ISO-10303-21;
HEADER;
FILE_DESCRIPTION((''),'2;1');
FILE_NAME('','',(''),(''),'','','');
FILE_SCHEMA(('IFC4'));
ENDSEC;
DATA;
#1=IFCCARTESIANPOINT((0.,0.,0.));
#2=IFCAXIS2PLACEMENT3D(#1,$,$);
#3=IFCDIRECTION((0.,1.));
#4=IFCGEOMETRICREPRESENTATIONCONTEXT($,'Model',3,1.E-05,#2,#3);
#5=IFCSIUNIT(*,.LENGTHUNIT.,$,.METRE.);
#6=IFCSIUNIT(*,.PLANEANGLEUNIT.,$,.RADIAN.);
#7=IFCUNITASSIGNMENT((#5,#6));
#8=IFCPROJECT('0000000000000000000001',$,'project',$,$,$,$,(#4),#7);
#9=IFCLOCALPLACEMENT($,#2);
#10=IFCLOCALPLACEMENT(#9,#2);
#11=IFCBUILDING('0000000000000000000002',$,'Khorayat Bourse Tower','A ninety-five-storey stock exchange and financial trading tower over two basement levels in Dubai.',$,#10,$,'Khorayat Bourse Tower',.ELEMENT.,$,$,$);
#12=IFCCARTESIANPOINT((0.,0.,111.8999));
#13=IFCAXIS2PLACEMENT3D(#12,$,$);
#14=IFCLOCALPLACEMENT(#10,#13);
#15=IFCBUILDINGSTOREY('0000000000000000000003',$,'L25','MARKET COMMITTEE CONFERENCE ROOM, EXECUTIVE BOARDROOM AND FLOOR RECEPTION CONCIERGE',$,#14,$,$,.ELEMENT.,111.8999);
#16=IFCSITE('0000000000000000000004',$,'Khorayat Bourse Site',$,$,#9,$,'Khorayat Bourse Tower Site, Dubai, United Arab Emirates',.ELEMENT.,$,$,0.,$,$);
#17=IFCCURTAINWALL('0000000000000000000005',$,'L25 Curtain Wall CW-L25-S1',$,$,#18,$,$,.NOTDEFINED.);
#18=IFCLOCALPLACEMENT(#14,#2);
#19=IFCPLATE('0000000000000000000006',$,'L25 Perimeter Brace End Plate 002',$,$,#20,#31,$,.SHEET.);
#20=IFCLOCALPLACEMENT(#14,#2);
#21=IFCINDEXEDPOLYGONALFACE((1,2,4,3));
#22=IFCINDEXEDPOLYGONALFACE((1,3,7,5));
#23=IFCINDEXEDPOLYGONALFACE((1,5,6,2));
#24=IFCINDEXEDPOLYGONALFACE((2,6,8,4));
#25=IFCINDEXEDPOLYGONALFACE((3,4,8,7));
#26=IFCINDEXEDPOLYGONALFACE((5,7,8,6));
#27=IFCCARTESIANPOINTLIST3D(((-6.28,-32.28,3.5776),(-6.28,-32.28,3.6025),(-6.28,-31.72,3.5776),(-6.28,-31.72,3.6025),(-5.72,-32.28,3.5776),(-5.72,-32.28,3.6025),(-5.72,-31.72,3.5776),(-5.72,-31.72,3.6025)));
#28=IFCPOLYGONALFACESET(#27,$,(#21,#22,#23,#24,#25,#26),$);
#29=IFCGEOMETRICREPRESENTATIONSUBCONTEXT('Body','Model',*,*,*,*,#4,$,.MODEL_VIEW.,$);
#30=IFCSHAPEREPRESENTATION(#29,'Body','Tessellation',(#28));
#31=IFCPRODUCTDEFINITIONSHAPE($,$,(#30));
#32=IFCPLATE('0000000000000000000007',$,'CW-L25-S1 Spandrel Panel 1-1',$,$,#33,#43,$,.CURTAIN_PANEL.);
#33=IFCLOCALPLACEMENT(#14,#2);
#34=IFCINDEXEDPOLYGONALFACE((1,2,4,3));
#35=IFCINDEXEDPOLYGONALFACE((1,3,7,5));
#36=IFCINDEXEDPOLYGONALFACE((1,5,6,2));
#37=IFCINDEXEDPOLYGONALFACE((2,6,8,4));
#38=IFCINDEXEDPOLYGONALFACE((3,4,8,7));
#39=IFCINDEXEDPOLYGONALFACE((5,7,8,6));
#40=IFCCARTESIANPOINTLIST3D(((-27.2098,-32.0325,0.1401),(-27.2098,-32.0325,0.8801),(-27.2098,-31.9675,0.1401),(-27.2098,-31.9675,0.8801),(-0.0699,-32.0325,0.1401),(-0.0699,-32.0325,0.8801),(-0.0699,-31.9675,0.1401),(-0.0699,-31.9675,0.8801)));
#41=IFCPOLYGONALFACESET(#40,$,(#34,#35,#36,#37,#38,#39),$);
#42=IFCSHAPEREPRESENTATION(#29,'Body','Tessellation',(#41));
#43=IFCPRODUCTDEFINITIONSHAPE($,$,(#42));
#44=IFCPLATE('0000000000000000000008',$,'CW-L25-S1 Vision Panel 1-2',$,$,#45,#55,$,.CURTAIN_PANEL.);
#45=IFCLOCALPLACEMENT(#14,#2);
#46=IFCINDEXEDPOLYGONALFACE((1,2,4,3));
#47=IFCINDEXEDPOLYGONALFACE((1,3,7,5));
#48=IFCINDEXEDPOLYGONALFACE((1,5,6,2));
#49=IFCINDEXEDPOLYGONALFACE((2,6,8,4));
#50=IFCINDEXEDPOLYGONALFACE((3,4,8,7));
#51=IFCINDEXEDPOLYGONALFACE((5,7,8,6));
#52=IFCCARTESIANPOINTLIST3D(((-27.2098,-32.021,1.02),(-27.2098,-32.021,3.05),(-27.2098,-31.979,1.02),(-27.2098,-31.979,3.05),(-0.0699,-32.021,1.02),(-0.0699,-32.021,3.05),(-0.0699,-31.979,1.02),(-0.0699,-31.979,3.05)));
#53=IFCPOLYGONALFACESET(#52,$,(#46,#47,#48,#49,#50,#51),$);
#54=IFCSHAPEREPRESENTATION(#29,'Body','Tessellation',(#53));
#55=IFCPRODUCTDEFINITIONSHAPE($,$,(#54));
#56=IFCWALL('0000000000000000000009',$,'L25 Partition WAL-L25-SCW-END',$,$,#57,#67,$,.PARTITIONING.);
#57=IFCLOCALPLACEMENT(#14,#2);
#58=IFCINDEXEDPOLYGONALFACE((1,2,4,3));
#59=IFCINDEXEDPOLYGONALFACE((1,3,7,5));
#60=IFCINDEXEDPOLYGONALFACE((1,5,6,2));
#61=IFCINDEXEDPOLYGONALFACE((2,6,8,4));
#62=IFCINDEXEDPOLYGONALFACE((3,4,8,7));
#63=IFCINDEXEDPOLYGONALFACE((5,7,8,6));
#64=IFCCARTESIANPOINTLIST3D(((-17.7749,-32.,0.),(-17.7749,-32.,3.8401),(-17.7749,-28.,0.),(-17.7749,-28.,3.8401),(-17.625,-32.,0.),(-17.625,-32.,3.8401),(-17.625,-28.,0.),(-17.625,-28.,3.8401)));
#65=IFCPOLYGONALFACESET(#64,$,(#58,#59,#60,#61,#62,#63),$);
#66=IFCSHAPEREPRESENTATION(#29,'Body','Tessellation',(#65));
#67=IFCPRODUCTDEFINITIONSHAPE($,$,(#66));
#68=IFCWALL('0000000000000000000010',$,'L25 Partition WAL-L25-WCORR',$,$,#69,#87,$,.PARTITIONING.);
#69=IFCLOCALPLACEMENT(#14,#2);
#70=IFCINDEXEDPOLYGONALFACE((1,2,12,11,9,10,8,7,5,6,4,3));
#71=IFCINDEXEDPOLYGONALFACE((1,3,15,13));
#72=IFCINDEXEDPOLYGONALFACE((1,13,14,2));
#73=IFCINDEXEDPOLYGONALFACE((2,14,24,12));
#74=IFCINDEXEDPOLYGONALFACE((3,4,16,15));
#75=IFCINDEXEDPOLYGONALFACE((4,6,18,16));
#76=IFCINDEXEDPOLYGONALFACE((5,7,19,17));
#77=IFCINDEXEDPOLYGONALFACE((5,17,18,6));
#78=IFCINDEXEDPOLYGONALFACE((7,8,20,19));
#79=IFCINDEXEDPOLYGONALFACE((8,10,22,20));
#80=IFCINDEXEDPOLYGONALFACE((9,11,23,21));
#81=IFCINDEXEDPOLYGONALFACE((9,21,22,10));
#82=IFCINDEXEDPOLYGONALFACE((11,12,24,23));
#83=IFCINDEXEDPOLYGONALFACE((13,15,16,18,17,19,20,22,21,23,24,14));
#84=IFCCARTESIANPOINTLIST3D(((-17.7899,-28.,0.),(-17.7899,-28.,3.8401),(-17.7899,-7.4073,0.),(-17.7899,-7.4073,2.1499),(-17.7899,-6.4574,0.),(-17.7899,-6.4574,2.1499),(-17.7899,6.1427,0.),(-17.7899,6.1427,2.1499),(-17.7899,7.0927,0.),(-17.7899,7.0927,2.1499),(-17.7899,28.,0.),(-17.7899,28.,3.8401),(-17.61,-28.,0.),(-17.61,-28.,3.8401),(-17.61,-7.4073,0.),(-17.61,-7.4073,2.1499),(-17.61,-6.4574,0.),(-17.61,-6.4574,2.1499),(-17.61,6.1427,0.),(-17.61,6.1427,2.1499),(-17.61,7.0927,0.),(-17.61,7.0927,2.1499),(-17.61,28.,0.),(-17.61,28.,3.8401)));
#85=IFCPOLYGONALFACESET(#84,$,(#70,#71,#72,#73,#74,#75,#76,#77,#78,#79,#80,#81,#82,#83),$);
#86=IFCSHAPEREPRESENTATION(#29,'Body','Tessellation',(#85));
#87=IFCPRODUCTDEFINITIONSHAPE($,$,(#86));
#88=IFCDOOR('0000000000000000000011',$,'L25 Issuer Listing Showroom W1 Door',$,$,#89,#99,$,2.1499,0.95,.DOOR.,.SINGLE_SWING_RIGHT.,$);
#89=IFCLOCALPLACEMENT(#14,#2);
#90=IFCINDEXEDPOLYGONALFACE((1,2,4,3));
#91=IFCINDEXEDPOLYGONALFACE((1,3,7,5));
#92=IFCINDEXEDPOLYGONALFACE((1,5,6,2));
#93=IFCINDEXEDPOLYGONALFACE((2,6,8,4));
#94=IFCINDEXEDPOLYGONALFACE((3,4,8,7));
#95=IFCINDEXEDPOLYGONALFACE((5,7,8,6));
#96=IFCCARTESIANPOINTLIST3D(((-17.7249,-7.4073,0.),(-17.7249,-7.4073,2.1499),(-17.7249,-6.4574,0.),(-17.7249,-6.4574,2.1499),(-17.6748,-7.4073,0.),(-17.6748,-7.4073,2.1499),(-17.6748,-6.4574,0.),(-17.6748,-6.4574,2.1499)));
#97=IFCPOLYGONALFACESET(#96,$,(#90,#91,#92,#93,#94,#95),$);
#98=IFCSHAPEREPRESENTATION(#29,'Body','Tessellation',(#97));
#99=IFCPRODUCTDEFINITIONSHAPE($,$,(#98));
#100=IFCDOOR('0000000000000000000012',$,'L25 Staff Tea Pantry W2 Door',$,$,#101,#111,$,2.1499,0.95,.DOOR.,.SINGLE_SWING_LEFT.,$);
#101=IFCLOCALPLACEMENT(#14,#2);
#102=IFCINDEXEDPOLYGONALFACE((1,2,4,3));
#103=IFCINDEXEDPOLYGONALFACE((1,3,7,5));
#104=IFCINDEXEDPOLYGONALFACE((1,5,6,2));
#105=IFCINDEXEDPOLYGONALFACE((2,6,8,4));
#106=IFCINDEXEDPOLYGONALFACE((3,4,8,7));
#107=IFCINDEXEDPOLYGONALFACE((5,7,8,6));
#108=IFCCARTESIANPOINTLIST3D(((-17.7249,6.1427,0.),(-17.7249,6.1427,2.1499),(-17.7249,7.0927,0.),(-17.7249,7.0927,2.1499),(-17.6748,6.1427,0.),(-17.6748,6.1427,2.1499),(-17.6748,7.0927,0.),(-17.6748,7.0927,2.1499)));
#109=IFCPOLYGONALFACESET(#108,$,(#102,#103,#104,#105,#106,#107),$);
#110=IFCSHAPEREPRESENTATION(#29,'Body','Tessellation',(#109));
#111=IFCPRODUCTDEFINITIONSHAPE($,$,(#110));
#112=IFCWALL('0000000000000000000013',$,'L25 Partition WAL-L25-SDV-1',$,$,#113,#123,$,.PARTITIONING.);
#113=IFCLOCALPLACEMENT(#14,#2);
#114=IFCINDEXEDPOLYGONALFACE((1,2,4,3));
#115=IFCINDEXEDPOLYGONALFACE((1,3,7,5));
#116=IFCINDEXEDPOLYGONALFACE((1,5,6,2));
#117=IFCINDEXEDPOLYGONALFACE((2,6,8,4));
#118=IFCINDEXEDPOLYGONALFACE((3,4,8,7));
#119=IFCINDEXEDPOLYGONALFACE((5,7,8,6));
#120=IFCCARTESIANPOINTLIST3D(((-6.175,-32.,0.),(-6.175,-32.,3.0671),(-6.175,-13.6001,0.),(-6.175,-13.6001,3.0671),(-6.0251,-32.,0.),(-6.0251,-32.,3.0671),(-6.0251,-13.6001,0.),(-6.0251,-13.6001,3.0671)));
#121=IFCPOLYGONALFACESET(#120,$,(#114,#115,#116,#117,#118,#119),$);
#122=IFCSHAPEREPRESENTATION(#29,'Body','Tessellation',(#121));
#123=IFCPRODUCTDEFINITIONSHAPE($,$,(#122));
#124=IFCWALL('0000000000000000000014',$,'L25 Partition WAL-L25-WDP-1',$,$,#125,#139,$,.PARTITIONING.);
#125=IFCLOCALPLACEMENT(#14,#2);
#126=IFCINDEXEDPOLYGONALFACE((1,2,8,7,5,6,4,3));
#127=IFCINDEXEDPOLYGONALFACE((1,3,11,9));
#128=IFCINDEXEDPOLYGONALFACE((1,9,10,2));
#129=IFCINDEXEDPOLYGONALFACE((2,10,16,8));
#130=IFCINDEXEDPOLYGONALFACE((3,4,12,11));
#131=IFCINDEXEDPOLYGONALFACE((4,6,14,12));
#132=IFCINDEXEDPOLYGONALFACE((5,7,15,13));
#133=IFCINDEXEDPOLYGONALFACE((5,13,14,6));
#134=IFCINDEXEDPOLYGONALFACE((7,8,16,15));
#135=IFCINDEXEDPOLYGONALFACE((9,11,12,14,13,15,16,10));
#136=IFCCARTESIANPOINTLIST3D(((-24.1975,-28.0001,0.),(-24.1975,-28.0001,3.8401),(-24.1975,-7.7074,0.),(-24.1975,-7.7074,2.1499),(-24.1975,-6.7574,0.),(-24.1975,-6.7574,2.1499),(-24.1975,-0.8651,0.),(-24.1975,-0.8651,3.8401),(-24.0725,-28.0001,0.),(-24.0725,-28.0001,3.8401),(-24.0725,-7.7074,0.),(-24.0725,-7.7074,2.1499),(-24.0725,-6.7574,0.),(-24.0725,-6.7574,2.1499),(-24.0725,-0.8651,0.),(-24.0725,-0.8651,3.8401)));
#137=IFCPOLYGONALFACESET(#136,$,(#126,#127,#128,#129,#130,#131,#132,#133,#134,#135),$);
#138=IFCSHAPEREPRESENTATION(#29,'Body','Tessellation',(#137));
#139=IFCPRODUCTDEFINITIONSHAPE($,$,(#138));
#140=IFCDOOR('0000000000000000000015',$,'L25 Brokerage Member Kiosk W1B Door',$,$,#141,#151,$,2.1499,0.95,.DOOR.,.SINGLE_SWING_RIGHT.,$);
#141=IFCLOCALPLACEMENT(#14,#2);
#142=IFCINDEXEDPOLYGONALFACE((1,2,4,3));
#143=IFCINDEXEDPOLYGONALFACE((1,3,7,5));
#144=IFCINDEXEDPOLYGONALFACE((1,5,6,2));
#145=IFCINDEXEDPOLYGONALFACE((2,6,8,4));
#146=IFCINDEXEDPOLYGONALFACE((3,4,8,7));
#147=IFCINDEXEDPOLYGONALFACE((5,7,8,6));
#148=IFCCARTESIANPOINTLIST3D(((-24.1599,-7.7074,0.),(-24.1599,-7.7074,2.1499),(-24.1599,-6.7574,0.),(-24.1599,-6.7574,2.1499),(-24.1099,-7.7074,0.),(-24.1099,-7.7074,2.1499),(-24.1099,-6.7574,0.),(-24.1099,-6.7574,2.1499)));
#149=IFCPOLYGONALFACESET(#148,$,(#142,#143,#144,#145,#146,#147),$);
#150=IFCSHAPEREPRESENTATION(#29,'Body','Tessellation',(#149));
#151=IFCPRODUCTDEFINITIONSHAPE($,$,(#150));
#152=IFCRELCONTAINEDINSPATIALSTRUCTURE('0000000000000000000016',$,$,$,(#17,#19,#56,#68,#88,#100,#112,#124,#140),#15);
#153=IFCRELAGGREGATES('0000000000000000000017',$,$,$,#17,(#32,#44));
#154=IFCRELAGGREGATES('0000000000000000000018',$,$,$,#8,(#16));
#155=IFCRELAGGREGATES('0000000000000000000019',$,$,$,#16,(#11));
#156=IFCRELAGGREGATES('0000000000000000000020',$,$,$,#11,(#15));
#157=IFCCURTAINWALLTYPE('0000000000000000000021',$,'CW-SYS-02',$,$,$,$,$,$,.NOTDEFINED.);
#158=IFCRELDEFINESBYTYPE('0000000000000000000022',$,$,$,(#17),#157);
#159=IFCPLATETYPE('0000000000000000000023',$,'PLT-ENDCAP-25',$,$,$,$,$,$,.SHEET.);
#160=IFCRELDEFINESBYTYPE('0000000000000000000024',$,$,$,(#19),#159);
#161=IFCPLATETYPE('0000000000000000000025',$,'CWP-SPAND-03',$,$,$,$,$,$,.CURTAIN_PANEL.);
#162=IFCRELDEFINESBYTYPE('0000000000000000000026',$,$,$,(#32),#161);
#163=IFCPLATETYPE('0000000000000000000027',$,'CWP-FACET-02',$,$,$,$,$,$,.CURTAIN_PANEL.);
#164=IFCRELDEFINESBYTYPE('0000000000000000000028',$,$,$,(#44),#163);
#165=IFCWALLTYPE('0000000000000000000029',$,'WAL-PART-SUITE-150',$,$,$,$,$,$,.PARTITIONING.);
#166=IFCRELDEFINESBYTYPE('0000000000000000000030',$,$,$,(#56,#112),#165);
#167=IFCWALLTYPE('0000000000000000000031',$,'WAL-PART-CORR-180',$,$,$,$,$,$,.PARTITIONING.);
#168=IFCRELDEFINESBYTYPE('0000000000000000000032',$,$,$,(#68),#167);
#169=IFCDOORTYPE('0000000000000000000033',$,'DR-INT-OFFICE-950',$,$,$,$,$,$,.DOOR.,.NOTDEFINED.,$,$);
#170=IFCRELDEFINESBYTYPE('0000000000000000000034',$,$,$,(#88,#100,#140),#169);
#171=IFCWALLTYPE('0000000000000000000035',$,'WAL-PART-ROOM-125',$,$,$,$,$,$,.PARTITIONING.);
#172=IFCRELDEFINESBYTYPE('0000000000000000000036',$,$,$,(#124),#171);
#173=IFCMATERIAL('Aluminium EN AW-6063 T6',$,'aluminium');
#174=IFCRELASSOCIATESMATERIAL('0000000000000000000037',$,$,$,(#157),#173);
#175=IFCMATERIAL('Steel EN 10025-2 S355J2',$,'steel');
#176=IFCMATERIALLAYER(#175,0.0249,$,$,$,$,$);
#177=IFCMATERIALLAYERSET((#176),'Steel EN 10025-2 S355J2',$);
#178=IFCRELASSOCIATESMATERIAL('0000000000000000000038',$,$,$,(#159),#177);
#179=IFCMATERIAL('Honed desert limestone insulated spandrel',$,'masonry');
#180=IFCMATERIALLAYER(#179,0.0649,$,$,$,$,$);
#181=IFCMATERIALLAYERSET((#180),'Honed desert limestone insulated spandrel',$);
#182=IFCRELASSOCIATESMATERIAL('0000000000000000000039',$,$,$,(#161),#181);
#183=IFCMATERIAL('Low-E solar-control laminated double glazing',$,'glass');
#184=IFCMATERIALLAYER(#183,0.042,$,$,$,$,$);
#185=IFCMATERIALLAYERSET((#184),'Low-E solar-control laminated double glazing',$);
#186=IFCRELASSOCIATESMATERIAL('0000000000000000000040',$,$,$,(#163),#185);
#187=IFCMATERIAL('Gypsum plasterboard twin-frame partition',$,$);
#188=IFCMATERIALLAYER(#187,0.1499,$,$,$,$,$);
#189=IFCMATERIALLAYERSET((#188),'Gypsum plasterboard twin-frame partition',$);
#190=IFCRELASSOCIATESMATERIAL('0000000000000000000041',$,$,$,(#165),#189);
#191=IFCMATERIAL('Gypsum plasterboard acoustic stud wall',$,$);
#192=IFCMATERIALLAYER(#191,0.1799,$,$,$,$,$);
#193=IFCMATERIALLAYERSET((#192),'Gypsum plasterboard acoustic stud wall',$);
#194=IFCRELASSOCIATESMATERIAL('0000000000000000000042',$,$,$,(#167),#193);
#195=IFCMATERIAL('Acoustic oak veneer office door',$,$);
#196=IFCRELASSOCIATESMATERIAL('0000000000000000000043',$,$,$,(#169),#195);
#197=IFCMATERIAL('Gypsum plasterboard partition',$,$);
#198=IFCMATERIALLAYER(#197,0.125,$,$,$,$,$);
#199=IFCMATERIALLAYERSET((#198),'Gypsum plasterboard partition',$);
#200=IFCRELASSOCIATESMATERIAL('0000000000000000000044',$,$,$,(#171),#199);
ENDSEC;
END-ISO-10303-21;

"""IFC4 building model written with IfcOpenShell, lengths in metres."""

from ifc_helpers import new_model, si_unit, direction, frame, frame_2d, origin, origin_2d, place, context, subcontext, project, spatial, rectangle, extrude, source, transform, mapped, material, layer, layer_set, type_object, element, fill, aggregate, save


model = new_model("IFC4")

# Units and contexts
model_context = context("Model", 3, precision=1e-05, world=origin(), true_north=direction((0.0, 1.0)))
body_context = subcontext(model_context, "Body", "Model", "MODEL_VIEW")
ifc_project = project(units=[si_unit("LENGTHUNIT", "METRE"), si_unit("PLANEANGLEUNIT", "RADIAN")], contexts=[model_context])

# Site, building, storey
site_placement = place(None, origin())
site = spatial("IfcSite", under=ifc_project, at=site_placement, Name="Khorayat Bourse Site", LongName="Khorayat Bourse Tower Site, Dubai, United Arab Emirates", CompositionType="ELEMENT", RefElevation=0.0)
building_placement = place(site_placement, origin())
building = spatial("IfcBuilding", under=site, at=building_placement, Name="Khorayat Bourse Tower", Description="A ninety-five-storey stock exchange and financial trading tower over two basement levels in Dubai.", LongName="Khorayat Bourse Tower", CompositionType="ELEMENT")
storey_placement = place(building_placement, frame((0.0, 0.0, 111.8999)))
storey = spatial("IfcBuildingStorey", under=building, at=storey_placement, Name="L25", Description="MARKET COMMITTEE CONFERENCE ROOM, EXECUTIVE BOARDROOM AND FLOOR RECEPTION CONCIERGE", CompositionType="ELEMENT", Elevation=111.8999)

# Curtain wall
ifc_material_1 = material(Name="Aluminium EN AW-6063 T6", Category="aluminium")
curtain_wall_type = type_object("IfcCurtainWallType", Name="CW-SYS-02", PredefinedType="NOTDEFINED", material=ifc_material_1)
curtain_wall_placement = place(storey_placement, origin())
curtain_wall = element("IfcCurtainWall", 1, at=curtain_wall_placement, inside=storey, type_object=curtain_wall_type, Name="L25 Curtain Wall CW-L25-S1", PredefinedType="NOTDEFINED")

# Plate
ifc_material_2 = material(Name="Steel EN 10025-2 S355J2", Category="steel")
ifc_layer_1 = layer(ifc_material_2, 0.0249)
ifc_layer_set_1 = layer_set([ifc_layer_1], Name="Steel EN 10025-2 S355J2")
plate_type_1 = type_object("IfcPlateType", Name="PLT-ENDCAP-25", PredefinedType="SHEET", material=ifc_layer_set_1)
shared_shape_1 = source(origin(), body_context, "Body", "SweptSolid", [
    extrude(rectangle(XDim=0.5601, YDim=0.5601, at=origin_2d()), origin(), (0.0, 0.0, 1.0), 0.0249),
])
for number, where, z_axis, x_axis, name in (
    (2, (-6.0, -32.0, 3.5776), (0.0, 0.0, 1.0), (1.0, 0.0, 0.0), "L25 Perimeter Brace End Plate 002"),
):
    element("IfcPlate", number, at=place(storey_placement, frame(where, z_axis=z_axis, x_axis=x_axis)), inside=storey, type_object=plate_type_1, Name=name, PredefinedType="SHEET", context=body_context, shape_type="MappedRepresentation", body=[
        mapped(shared_shape_1, transform((0.0, 0.0, 0.0), scale=1.0)),
    ])

# Plates
ifc_material_3 = material(Name="Honed desert limestone insulated spandrel", Category="masonry")
ifc_layer_2 = layer(ifc_material_3, 0.0649)
ifc_layer_set_2 = layer_set([ifc_layer_2], Name="Honed desert limestone insulated spandrel")
plate_type_2 = type_object("IfcPlateType", Name="CWP-SPAND-03", PredefinedType="CURTAIN_PANEL", material=ifc_layer_set_2)
shared_shape_2 = source(origin(), body_context, "Body", "SweptSolid", [
    extrude(rectangle(XDim=27.1399, YDim=0.0649, at=origin_2d()), origin(), (0.0, 0.0, 1.0), 0.74),
])
plate_1_placement = place(storey_placement, frame((-13.6399, -32.0, 0.1401), z_axis=(0.0, 0.0, 1.0), x_axis=(1.0, 0.0, 0.0)))
plate_1 = element("IfcPlate", 3, at=plate_1_placement, type_object=plate_type_2, Name="CW-L25-S1 Spandrel Panel 1-1", PredefinedType="CURTAIN_PANEL", context=body_context, shape_type="MappedRepresentation", body=[
    mapped(shared_shape_2, transform((0.0, 0.0, 0.0), scale=1.0)),
])
ifc_material_4 = material(Name="Low-E solar-control laminated double glazing", Category="glass")
ifc_layer_3 = layer(ifc_material_4, 0.042)
ifc_layer_set_3 = layer_set([ifc_layer_3], Name="Low-E solar-control laminated double glazing")
plate_type_3 = type_object("IfcPlateType", Name="CWP-FACET-02", PredefinedType="CURTAIN_PANEL", material=ifc_layer_set_3)
shared_shape_3 = source(origin(), body_context, "Body", "SweptSolid", [
    extrude(rectangle(XDim=27.1399, YDim=0.042, at=origin_2d()), origin(), (0.0, 0.0, 1.0), 2.03),
])
plate_2_placement = place(storey_placement, frame((-13.6399, -32.0, 1.02), z_axis=(0.0, 0.0, 1.0), x_axis=(1.0, 0.0, 0.0)))
plate_2 = element("IfcPlate", 4, at=plate_2_placement, type_object=plate_type_3, Name="CW-L25-S1 Vision Panel 1-2", PredefinedType="CURTAIN_PANEL", context=body_context, shape_type="MappedRepresentation", body=[
    mapped(shared_shape_3, transform((0.0, 0.0, 0.0), scale=1.0)),
])
aggregate(curtain_wall, [plate_1, plate_2])

# Wall
ifc_material_5 = material(Name="Gypsum plasterboard twin-frame partition")
ifc_layer_4 = layer(ifc_material_5, 0.1499)
ifc_layer_set_4 = layer_set([ifc_layer_4], Name="Gypsum plasterboard twin-frame partition")
wall_type_1 = type_object("IfcWallType", Name="WAL-PART-SUITE-150", PredefinedType="PARTITIONING", material=ifc_layer_set_4)
shared_shape_4 = source(origin(), body_context, "Body", "SweptSolid", [
    extrude(rectangle(XDim=4.0, YDim=0.1499, at=frame_2d((2.0, 0.0))), origin(), (0.0, 0.0, 1.0), 3.8401),
])
wall_1_placement = place(storey_placement, frame((-17.7, -32.0, 0.0), z_axis=(0.0, 0.0, 1.0), x_axis=(0.0, 1.0, 0.0)))
element("IfcWall", 5, at=wall_1_placement, inside=storey, type_object=wall_type_1, Name="L25 Partition WAL-L25-SCW-END", PredefinedType="PARTITIONING", context=body_context, shape_type="MappedRepresentation", body=[
    mapped(shared_shape_4, transform((0.0, 0.0, 0.0), scale=1.0)),
])

# Wall, openings, doors
ifc_material_6 = material(Name="Gypsum plasterboard acoustic stud wall")
ifc_layer_5 = layer(ifc_material_6, 0.1799)
ifc_layer_set_5 = layer_set([ifc_layer_5], Name="Gypsum plasterboard acoustic stud wall")
wall_type_2 = type_object("IfcWallType", Name="WAL-PART-CORR-180", PredefinedType="PARTITIONING", material=ifc_layer_set_5)
shared_shape_5 = source(origin(), body_context, "Body", "SweptSolid", [
    extrude(rectangle(XDim=56.0, YDim=0.1799, at=frame_2d((28.0, 0.0))), origin(), (0.0, 0.0, 1.0), 3.8401),
])
wall_2_placement = place(storey_placement, frame((-17.7, -28.0, 0.0), z_axis=(0.0, 0.0, 1.0), x_axis=(0.0, 1.0, 0.0)))
wall_2 = element("IfcWall", 6, at=wall_2_placement, inside=storey, type_object=wall_type_2, Name="L25 Partition WAL-L25-WCORR", PredefinedType="PARTITIONING", context=body_context, shape_type="MappedRepresentation", body=[
    mapped(shared_shape_5, transform((0.0, 0.0, 0.0), scale=1.0)),
])
shared_shape_6 = source(origin(), body_context, "Body", "SweptSolid", [
    extrude(rectangle(XDim=0.95, YDim=2.1499, at=frame_2d((0.4751, 1.075))), frame((0.0, 0.0999, 0.0), z_axis=(0.0, -1.0, 0.0), x_axis=(1.0, 0.0, 0.0)), (0.0, 0.0, 1.0), 0.2),
])
opening_1_placement = place(wall_2_placement, frame((20.5925, 0.0, 0.0)))
opening_1 = element("IfcOpeningElement", 7, at=opening_1_placement, cuts=wall_2, PredefinedType="OPENING", context=body_context, shape_type="MappedRepresentation", body=[
    mapped(shared_shape_6, transform((0.0, 0.0, 0.0), scale=1.0)),
])
opening_2_placement = place(wall_2_placement, frame((34.1426, 0.0, 0.0)))
opening_2 = element("IfcOpeningElement", 8, at=opening_2_placement, cuts=wall_2, PredefinedType="OPENING", context=body_context, shape_type="MappedRepresentation", body=[
    mapped(shared_shape_6, transform((0.0, 0.0, 0.0), scale=1.0)),
])
ifc_material_7 = material(Name="Acoustic oak veneer office door")
door_type = type_object("IfcDoorType", Name="DR-INT-OFFICE-950", OperationType="NOTDEFINED", PredefinedType="DOOR", material=ifc_material_7)
shared_shape_7 = source(origin(), body_context, "Body", "SweptSolid", [
    extrude(rectangle(XDim=0.95, YDim=2.1499, at=frame_2d((0.4751, 1.075))), frame((0.0, 0.0249, 0.0), z_axis=(0.0, -1.0, 0.0), x_axis=(1.0, 0.0, 0.0)), (0.0, 0.0, 1.0), 0.05),
])
door_1_placement = place(opening_1_placement, origin())
door_1 = element("IfcDoor", 9, at=door_1_placement, inside=storey, type_object=door_type, Name="L25 Issuer Listing Showroom W1 Door", OperationType="SINGLE_SWING_RIGHT", OverallHeight=2.1499, OverallWidth=0.95, PredefinedType="DOOR", context=body_context, shape_type="MappedRepresentation", body=[
    mapped(shared_shape_7, transform((0.0, 0.0, 0.0), scale=1.0)),
])
fill(opening_1, door_1)
door_2_placement = place(opening_2_placement, origin())
door_2 = element("IfcDoor", 10, at=door_2_placement, inside=storey, type_object=door_type, Name="L25 Staff Tea Pantry W2 Door", OperationType="SINGLE_SWING_LEFT", OverallHeight=2.1499, OverallWidth=0.95, PredefinedType="DOOR", context=body_context, shape_type="MappedRepresentation", body=[
    mapped(shared_shape_7, transform((0.0, 0.0, 0.0), scale=1.0)),
])
fill(opening_2, door_2)

# Wall
shared_shape_8 = source(origin(), body_context, "Body", "SweptSolid", [
    extrude(rectangle(XDim=18.3999, YDim=0.1499, at=frame_2d((9.2, 0.0))), origin(), (0.0, 0.0, 1.0), 3.0671),
])
wall_3_placement = place(storey_placement, frame((-6.1001, -32.0, 0.0), z_axis=(0.0, 0.0, 1.0), x_axis=(0.0, 1.0, 0.0)))
element("IfcWall", 11, at=wall_3_placement, inside=storey, type_object=wall_type_1, Name="L25 Partition WAL-L25-SDV-1", PredefinedType="PARTITIONING", context=body_context, shape_type="MappedRepresentation", body=[
    mapped(shared_shape_8, transform((0.0, 0.0, 0.0), scale=1.0)),
])

# Wall, opening, door
ifc_material_8 = material(Name="Gypsum plasterboard partition")
ifc_layer_6 = layer(ifc_material_8, 0.125)
ifc_layer_set_6 = layer_set([ifc_layer_6], Name="Gypsum plasterboard partition")
wall_type_3 = type_object("IfcWallType", Name="WAL-PART-ROOM-125", PredefinedType="PARTITIONING", material=ifc_layer_set_6)
shared_shape_9 = source(origin(), body_context, "Body", "SweptSolid", [
    extrude(rectangle(XDim=27.135, YDim=0.125, at=frame_2d((13.5674, 0.0))), origin(), (0.0, 0.0, 1.0), 3.8401),
])
wall_4_placement = place(storey_placement, frame((-24.135, -28.0, 0.0), z_axis=(0.0, 0.0, 1.0), x_axis=(0.0, 1.0, 0.0)))
wall_4 = element("IfcWall", 12, at=wall_4_placement, inside=storey, type_object=wall_type_3, Name="L25 Partition WAL-L25-WDP-1", PredefinedType="PARTITIONING", context=body_context, shape_type="MappedRepresentation", body=[
    mapped(shared_shape_9, transform((0.0, 0.0, 0.0), scale=1.0)),
])
shared_shape_10 = source(origin(), body_context, "Body", "SweptSolid", [
    extrude(rectangle(XDim=0.95, YDim=2.1499, at=frame_2d((0.4751, 1.075))), frame((0.0, 0.0725, 0.0), z_axis=(0.0, -1.0, 0.0), x_axis=(1.0, 0.0, 0.0)), (0.0, 0.0, 1.0), 0.145),
])
opening_3_placement = place(wall_4_placement, frame((20.2925, 0.0, 0.0)))
opening_3 = element("IfcOpeningElement", 13, at=opening_3_placement, cuts=wall_4, PredefinedType="OPENING", context=body_context, shape_type="MappedRepresentation", body=[
    mapped(shared_shape_10, transform((0.0, 0.0, 0.0), scale=1.0)),
])
door_3_placement = place(opening_3_placement, origin())
door_3 = element("IfcDoor", 14, at=door_3_placement, inside=storey, type_object=door_type, Name="L25 Brokerage Member Kiosk W1B Door", OperationType="SINGLE_SWING_RIGHT", OverallHeight=2.1499, OverallWidth=0.95, PredefinedType="DOOR", context=body_context, shape_type="MappedRepresentation", body=[
    mapped(shared_shape_7, transform((0.0, 0.0, 0.0), scale=1.0)),
])
fill(opening_3, door_3)

save(model, "model.ifc")
